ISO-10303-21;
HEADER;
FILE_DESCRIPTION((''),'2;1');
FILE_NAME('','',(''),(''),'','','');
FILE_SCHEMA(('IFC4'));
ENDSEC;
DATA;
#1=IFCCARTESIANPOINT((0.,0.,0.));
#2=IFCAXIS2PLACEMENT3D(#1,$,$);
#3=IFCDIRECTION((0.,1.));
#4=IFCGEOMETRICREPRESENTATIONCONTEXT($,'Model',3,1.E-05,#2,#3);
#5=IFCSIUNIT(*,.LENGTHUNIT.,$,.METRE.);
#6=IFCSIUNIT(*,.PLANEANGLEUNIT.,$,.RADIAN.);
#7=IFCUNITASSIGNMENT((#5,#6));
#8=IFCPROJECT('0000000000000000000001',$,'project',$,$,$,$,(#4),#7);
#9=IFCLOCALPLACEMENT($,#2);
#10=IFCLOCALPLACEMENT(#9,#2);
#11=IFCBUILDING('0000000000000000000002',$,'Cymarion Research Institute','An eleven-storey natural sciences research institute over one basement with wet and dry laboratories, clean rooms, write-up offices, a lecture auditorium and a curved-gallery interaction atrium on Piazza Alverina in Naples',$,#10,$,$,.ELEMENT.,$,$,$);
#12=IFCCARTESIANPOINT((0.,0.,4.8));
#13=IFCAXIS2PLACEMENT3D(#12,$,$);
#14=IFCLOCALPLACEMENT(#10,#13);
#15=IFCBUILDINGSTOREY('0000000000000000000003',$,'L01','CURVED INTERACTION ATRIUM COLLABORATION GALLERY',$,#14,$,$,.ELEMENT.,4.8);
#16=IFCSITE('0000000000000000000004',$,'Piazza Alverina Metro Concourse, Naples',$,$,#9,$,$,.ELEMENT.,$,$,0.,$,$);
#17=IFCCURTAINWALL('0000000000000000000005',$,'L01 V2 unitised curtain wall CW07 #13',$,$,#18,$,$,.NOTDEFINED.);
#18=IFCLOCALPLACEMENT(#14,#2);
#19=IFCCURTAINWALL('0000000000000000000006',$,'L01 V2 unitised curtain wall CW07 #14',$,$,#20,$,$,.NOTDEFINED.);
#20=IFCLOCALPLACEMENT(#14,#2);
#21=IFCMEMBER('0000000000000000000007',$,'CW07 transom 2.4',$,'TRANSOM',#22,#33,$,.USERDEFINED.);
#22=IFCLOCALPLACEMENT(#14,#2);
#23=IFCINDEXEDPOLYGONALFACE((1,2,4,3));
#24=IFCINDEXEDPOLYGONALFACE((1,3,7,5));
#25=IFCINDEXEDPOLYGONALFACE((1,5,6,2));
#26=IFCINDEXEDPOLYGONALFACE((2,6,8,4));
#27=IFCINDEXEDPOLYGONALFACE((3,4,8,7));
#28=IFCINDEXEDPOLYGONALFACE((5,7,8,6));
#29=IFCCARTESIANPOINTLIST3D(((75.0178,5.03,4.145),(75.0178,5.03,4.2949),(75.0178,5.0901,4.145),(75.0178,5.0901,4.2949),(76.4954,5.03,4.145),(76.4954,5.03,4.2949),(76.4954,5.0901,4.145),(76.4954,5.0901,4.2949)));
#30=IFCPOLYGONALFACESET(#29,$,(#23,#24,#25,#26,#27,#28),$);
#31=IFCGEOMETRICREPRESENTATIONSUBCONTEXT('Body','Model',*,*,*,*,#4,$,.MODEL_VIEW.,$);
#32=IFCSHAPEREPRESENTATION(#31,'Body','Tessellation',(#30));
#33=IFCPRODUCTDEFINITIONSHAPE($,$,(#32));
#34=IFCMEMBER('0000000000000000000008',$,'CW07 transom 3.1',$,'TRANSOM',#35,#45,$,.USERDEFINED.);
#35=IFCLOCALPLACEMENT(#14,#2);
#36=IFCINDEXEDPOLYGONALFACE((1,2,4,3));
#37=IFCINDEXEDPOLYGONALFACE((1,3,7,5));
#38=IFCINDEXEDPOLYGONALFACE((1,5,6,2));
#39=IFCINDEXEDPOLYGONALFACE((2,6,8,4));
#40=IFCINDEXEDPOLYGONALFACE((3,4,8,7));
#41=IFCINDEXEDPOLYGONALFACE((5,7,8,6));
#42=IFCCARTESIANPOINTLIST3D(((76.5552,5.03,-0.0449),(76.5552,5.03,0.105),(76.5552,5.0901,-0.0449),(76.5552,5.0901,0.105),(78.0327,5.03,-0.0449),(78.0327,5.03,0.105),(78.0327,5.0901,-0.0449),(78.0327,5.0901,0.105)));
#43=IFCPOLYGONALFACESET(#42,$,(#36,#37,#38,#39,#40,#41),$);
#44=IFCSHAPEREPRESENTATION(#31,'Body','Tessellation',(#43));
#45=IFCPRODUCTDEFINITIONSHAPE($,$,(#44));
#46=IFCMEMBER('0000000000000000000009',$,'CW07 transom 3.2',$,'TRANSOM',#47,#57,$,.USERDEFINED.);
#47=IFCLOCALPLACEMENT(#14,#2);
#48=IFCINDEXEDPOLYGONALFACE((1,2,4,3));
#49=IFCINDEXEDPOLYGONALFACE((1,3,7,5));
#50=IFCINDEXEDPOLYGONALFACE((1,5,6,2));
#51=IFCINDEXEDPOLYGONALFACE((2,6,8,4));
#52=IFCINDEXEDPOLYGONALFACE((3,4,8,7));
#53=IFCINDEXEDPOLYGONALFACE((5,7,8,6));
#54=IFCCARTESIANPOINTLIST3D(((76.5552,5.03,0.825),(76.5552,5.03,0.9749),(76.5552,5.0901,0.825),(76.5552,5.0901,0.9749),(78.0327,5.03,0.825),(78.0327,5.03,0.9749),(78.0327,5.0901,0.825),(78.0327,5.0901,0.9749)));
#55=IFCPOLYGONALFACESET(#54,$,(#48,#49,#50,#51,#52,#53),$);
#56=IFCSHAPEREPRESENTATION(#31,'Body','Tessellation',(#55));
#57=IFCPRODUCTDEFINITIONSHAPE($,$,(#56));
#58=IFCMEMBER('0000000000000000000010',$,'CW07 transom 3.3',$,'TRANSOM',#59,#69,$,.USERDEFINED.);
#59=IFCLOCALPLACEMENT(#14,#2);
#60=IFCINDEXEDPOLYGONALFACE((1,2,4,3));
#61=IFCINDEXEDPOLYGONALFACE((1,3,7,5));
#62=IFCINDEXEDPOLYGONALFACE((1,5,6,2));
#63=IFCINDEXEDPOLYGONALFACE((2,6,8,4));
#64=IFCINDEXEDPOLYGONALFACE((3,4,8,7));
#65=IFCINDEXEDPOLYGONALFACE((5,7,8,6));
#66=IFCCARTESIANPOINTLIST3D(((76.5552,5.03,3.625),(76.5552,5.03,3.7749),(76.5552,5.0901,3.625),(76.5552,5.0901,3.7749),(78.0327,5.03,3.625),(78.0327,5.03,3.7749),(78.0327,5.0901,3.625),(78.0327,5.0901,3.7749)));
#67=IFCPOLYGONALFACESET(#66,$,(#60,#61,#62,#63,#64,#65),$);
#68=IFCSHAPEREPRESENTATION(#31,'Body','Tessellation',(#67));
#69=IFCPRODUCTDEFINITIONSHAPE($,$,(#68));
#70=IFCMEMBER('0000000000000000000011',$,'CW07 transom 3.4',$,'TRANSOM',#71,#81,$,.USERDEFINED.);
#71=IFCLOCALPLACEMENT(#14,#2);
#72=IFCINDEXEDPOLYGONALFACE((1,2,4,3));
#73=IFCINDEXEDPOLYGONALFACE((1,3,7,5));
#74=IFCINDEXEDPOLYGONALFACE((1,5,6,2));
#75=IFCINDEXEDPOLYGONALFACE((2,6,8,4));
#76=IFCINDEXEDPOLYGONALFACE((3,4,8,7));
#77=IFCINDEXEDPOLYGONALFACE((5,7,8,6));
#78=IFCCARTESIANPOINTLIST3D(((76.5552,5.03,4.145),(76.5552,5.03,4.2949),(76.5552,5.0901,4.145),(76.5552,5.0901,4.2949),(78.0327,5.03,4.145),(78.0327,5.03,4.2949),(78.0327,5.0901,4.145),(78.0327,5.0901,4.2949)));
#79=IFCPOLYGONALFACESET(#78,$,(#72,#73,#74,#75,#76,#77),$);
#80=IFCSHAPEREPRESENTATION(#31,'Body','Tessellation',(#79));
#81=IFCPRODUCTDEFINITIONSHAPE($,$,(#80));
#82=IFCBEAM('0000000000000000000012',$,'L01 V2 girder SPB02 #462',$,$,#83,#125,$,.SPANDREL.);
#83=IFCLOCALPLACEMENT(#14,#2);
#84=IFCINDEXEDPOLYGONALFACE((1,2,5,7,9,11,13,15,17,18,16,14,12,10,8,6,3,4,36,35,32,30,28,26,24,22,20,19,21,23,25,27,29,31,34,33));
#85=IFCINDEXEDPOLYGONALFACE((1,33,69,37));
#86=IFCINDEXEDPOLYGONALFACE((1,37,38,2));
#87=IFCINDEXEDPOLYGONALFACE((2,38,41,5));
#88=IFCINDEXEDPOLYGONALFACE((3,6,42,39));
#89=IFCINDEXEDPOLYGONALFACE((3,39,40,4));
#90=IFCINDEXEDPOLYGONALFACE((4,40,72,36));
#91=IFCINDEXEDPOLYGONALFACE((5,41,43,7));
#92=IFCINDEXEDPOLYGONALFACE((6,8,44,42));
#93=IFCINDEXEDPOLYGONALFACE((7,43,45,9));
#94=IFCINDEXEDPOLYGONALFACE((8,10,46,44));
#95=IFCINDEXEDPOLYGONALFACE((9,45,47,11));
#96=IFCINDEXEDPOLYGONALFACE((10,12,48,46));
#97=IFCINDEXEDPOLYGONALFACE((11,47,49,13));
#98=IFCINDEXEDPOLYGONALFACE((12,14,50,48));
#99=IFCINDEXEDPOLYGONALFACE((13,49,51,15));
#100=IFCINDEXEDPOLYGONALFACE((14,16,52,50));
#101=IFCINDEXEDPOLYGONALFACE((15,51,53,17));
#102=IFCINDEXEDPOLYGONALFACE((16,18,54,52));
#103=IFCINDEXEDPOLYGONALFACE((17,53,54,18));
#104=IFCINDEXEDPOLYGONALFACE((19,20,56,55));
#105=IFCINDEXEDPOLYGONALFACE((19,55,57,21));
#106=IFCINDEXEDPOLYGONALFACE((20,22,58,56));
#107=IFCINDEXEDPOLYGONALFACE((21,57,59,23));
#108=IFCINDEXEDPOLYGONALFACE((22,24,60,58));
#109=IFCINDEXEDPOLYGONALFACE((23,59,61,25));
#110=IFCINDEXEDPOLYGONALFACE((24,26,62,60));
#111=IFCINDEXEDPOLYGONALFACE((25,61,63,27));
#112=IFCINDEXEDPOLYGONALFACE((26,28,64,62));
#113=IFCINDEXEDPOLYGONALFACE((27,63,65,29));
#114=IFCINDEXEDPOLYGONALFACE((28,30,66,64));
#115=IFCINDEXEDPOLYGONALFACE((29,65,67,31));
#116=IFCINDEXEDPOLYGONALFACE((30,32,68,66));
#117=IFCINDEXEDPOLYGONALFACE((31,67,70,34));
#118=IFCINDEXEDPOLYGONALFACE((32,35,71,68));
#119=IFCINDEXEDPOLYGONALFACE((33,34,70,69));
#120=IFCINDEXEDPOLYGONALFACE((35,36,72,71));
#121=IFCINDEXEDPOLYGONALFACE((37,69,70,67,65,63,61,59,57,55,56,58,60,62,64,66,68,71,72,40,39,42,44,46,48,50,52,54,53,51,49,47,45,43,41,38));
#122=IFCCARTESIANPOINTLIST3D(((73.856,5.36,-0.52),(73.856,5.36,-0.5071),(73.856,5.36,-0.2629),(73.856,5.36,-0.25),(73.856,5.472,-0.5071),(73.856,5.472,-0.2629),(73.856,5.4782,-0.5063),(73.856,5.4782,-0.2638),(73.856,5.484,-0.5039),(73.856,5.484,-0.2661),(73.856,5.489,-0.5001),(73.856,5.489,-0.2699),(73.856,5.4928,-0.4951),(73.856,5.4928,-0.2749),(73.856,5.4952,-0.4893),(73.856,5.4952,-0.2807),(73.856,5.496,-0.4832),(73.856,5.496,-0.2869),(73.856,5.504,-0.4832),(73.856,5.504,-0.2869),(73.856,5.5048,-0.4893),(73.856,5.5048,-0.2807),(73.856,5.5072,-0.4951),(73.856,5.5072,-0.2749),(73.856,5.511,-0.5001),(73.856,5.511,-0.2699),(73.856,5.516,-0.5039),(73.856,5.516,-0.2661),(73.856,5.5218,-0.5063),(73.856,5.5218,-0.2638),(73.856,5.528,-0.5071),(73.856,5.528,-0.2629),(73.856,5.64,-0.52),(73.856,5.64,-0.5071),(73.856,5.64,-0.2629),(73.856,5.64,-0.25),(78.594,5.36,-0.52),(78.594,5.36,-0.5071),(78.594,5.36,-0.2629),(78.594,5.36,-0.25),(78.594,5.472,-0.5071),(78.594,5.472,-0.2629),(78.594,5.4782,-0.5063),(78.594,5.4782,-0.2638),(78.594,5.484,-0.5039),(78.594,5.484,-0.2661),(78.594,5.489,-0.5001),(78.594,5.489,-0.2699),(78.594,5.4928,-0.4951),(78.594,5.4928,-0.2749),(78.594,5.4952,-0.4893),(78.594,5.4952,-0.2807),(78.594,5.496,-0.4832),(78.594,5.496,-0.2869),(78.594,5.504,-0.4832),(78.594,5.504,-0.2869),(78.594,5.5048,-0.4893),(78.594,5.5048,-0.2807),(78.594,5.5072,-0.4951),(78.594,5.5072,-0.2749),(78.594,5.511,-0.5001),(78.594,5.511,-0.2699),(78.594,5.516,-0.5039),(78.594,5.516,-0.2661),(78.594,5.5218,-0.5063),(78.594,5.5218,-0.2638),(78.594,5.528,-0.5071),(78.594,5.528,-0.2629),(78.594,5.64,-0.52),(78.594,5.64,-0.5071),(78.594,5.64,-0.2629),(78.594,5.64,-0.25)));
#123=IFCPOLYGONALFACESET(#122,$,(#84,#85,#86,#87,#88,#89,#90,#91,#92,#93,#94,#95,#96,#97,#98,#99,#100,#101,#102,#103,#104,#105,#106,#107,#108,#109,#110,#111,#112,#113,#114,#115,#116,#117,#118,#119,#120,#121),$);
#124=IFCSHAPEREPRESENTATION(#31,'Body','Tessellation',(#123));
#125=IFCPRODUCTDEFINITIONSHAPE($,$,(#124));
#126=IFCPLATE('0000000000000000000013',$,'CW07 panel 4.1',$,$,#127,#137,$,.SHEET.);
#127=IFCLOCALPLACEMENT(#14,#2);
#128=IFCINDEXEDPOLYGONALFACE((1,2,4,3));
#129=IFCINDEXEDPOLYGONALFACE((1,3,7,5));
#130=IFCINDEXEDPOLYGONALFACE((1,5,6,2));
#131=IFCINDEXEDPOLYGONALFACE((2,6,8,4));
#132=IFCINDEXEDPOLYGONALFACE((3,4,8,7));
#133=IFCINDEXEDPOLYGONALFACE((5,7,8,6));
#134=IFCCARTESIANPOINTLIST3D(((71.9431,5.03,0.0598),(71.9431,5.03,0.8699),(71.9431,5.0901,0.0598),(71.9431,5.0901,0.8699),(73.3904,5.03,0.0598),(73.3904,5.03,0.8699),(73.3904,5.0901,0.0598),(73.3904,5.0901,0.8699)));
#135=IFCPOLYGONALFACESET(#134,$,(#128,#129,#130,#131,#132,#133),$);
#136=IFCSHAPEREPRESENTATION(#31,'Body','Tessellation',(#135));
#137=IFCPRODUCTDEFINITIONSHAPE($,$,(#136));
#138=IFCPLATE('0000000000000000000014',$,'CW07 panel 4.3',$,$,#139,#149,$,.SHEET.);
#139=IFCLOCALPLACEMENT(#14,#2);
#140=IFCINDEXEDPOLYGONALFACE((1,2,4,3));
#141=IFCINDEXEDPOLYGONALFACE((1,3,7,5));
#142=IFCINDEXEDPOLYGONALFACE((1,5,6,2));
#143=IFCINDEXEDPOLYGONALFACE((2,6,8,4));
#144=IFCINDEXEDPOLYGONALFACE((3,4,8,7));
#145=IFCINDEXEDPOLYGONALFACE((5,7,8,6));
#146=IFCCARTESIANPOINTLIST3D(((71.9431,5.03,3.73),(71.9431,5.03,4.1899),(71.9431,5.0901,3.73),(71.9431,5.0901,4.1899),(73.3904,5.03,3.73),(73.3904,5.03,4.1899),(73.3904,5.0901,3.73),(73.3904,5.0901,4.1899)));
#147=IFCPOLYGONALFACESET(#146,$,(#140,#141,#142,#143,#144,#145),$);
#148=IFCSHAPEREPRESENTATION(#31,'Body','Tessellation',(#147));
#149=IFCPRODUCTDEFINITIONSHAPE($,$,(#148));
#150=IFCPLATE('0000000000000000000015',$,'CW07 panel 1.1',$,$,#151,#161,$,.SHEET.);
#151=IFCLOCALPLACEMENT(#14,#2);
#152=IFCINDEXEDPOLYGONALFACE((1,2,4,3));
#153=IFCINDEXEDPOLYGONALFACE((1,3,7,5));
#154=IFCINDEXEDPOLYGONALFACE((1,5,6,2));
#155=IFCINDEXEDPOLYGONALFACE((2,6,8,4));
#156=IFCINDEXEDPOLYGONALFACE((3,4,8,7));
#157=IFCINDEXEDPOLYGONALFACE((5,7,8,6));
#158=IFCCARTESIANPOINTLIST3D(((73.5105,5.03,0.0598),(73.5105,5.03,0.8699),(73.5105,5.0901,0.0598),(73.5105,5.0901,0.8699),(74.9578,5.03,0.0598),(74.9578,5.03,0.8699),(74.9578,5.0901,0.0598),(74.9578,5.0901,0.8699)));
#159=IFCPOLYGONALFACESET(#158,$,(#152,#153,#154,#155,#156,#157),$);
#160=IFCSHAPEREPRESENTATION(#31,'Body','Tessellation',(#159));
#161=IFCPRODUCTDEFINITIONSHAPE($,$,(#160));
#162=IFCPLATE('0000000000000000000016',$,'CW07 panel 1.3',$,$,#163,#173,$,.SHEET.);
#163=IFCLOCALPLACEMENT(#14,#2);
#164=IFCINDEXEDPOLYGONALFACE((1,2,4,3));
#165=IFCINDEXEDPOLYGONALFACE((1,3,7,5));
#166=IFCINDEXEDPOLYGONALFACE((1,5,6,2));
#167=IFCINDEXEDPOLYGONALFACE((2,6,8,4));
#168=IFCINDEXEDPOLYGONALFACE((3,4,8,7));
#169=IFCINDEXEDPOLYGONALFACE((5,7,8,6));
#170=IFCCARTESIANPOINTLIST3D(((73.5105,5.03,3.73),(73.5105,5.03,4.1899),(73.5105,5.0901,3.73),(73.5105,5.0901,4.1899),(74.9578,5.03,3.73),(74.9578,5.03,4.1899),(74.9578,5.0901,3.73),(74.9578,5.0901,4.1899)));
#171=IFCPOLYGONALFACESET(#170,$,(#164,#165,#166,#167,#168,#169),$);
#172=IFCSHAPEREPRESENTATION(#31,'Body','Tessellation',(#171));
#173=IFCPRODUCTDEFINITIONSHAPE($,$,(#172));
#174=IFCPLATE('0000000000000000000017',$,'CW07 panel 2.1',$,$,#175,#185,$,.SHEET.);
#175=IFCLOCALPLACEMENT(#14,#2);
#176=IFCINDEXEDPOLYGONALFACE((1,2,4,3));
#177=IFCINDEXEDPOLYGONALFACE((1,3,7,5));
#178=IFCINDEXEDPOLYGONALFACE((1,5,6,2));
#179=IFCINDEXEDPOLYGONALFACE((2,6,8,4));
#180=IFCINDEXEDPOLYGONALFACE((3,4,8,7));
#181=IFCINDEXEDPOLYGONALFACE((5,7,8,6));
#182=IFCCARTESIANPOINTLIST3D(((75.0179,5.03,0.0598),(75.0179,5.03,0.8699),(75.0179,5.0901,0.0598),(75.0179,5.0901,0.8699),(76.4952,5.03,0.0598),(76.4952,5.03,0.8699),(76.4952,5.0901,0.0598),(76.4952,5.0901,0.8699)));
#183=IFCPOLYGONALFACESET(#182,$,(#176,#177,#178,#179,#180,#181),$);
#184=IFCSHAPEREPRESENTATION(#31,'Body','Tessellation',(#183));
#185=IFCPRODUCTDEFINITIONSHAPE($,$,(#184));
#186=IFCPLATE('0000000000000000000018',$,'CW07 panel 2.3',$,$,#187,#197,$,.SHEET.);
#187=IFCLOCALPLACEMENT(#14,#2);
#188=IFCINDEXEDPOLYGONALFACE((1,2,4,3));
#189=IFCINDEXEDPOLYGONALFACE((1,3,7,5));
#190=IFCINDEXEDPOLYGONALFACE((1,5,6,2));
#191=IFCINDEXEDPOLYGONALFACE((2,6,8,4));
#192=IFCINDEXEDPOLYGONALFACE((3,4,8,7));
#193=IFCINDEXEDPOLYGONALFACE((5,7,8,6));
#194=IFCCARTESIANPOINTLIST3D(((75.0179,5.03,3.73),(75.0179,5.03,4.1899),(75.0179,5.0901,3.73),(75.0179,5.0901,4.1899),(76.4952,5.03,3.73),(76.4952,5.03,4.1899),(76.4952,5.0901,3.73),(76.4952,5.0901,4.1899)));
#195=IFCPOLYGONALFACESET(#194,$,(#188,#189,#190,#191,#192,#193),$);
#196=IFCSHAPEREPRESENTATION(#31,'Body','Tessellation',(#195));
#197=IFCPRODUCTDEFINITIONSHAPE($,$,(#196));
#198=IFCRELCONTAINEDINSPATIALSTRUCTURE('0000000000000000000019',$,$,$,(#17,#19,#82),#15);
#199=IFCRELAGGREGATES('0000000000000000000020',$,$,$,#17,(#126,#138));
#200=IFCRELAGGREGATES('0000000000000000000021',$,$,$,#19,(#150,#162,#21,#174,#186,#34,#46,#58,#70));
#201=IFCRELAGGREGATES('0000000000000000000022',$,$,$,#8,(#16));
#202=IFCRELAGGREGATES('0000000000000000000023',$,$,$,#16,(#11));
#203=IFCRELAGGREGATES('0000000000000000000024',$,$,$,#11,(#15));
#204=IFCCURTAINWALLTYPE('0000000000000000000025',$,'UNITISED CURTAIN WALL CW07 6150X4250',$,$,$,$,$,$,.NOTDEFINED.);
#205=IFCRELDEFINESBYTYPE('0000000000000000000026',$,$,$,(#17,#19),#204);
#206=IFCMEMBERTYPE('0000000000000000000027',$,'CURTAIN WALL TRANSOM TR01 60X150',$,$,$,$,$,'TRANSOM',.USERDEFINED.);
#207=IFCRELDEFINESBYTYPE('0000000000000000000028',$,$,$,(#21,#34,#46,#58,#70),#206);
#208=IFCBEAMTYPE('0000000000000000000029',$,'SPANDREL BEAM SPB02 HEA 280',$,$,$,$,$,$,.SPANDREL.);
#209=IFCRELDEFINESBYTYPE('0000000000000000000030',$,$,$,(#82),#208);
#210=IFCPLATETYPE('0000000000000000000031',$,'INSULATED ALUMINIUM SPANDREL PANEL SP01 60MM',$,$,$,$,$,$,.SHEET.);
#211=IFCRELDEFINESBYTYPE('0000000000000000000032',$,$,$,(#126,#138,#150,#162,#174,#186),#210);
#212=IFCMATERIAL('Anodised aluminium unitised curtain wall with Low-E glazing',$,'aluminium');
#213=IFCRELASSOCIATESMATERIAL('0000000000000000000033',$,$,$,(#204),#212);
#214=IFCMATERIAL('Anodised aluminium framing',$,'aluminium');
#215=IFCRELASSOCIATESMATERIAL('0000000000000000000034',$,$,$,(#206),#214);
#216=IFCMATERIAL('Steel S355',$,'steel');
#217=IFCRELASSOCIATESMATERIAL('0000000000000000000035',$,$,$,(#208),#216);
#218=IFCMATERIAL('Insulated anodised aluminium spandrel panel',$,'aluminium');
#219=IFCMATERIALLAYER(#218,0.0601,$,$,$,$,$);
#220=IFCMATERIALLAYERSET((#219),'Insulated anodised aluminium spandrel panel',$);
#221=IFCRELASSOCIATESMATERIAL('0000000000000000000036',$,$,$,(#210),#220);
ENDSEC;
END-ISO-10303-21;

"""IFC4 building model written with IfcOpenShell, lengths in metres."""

from ifc_helpers import new_model, si_unit, direction, frame, origin, origin_2d, place, context, subcontext, project, spatial, rectangle, i_section, extrude, material, layer, layer_set, material_profile, profile_set, type_object, element, aggregate, save


model = new_model("IFC4")

# Units and contexts
model_context = context("Model", 3, precision=1e-05, world=origin(), true_north=direction((0.0, 1.0)))
body_context = subcontext(model_context, "Body", "Model", "MODEL_VIEW")
ifc_project = project(units=[si_unit("LENGTHUNIT", "METRE"), si_unit("PLANEANGLEUNIT", "RADIAN")], contexts=[model_context])

# Site, building, storey
site_placement = place(None, origin())
site = spatial("IfcSite", under=ifc_project, at=site_placement, Name="Piazza Alverina Metro Concourse, Naples", CompositionType="ELEMENT", RefElevation=0.0)
building_placement = place(site_placement, origin())
building = spatial("IfcBuilding", under=site, at=building_placement, Name="Cymarion Research Institute", Description="An eleven-storey natural sciences research institute over one basement with wet and dry laboratories, clean rooms, write-up offices, a lecture auditorium and a curved-gallery interaction atrium on Piazza Alverina in Naples", CompositionType="ELEMENT")
storey_placement = place(building_placement, frame((0.0, 0.0, 4.8)))
storey = spatial("IfcBuildingStorey", under=building, at=storey_placement, Name="L01", Description="CURVED INTERACTION ATRIUM COLLABORATION GALLERY", CompositionType="ELEMENT", Elevation=4.8)

# Shared definitions
ifc_material_1 = material(Name="Steel S355", Category="steel")

# Curtain wall
ifc_material_2 = material(Name="Anodised aluminium unitised curtain wall with Low-E glazing", Category="aluminium")
curtain_wall_type = type_object("IfcCurtainWallType", Name="UNITISED CURTAIN WALL CW07 6150X4250", PredefinedType="NOTDEFINED", material=ifc_material_2)
curtain_wall_1_placement = place(storey_placement, origin())
curtain_wall_1 = element("IfcCurtainWall", 1, at=curtain_wall_1_placement, inside=storey, type_object=curtain_wall_type, Name="L01 V2 unitised curtain wall CW07 #13", PredefinedType="NOTDEFINED")
ifc_material_3 = material(Name="Anodised aluminium framing", Category="aluminium")

# Curtain wall, members
curtain_wall_2_placement = place(storey_placement, origin())
curtain_wall_2 = element("IfcCurtainWall", 2, at=curtain_wall_2_placement, inside=storey, type_object=curtain_wall_type, Name="L01 V2 unitised curtain wall CW07 #14", PredefinedType="NOTDEFINED")
ifc_material_profile_1 = material_profile(ifc_material_3, rectangle(XDim=0.0601, YDim=0.1499, at=origin_2d()), Name="ALU TRANSOM 60x150")
ifc_profile_set_1 = profile_set([ifc_material_profile_1], Name="Anodised aluminium framing")
member_type_1 = type_object("IfcMemberType", Name="CURTAIN WALL TRANSOM TR01 60X150", ElementType="TRANSOM", PredefinedType="USERDEFINED", material=ifc_profile_set_1)
member_1_placement = place(storey_placement, frame((75.0178, 5.0601, 4.22), z_axis=(1.0, 0.0, 0.0), x_axis=(0.0, 1.0, 0.0)))
member_1 = element("IfcMember", 3, at=member_1_placement, type_object=member_type_1, Name="CW07 transom 2.4", ObjectType="TRANSOM", PredefinedType="USERDEFINED", context=body_context, shape_type="SweptSolid", body=[
    extrude(rectangle(XDim=0.0601, YDim=0.1499, at=origin_2d()), origin(), (0.0, 0.0, 1.0), 1.4775),
])
member_2_placement = place(storey_placement, frame((76.5552, 5.0601, 0.03), z_axis=(1.0, 0.0, 0.0), x_axis=(0.0, 1.0, 0.0)))
member_2 = element("IfcMember", 4, at=member_2_placement, type_object=member_type_1, Name="CW07 transom 3.1", ObjectType="TRANSOM", PredefinedType="USERDEFINED", context=body_context, shape_type="SweptSolid", body=[
    extrude(rectangle(XDim=0.0601, YDim=0.1499, at=origin_2d()), origin(), (0.0, 0.0, 1.0), 1.4775),
])
member_3_placement = place(storey_placement, frame((76.5552, 5.0601, 0.8999), z_axis=(1.0, 0.0, 0.0), x_axis=(0.0, 1.0, 0.0)))
member_3 = element("IfcMember", 5, at=member_3_placement, type_object=member_type_1, Name="CW07 transom 3.2", ObjectType="TRANSOM", PredefinedType="USERDEFINED", context=body_context, shape_type="SweptSolid", body=[
    extrude(rectangle(XDim=0.0601, YDim=0.1499, at=origin_2d()), origin(), (0.0, 0.0, 1.0), 1.4775),
])
member_4_placement = place(storey_placement, frame((76.5552, 5.0601, 3.7), z_axis=(1.0, 0.0, 0.0), x_axis=(0.0, 1.0, 0.0)))
member_4 = element("IfcMember", 6, at=member_4_placement, type_object=member_type_1, Name="CW07 transom 3.3", ObjectType="TRANSOM", PredefinedType="USERDEFINED", context=body_context, shape_type="SweptSolid", body=[
    extrude(rectangle(XDim=0.0601, YDim=0.1499, at=origin_2d()), origin(), (0.0, 0.0, 1.0), 1.4775),
])
member_5_placement = place(storey_placement, frame((76.5552, 5.0601, 4.22), z_axis=(1.0, 0.0, 0.0), x_axis=(0.0, 1.0, 0.0)))
member_5 = element("IfcMember", 7, at=member_5_placement, type_object=member_type_1, Name="CW07 transom 3.4", ObjectType="TRANSOM", PredefinedType="USERDEFINED", context=body_context, shape_type="SweptSolid", body=[
    extrude(rectangle(XDim=0.0601, YDim=0.1499, at=origin_2d()), origin(), (0.0, 0.0, 1.0), 1.4775),
])

# Beam
ifc_material_profile_2 = material_profile(ifc_material_1, i_section(OverallWidth=0.28, OverallDepth=0.27, WebThickness=0.0081, FlangeThickness=0.0129, FilletRadius=0.0239, at=origin_2d()), Name="HEA 280")
ifc_profile_set_2 = profile_set([ifc_material_profile_2], Name="Steel S355")
beam_type = type_object("IfcBeamType", Name="SPANDREL BEAM SPB02 HEA 280", PredefinedType="SPANDREL", material=ifc_profile_set_2)
beam_placement = place(storey_placement, frame((73.856, 5.5, -0.385), z_axis=(1.0, 0.0, 0.0), x_axis=(0.0, 1.0, 0.0)))
element("IfcBeam", 8, at=beam_placement, inside=storey, type_object=beam_type, Name="L01 V2 girder SPB02 #462", PredefinedType="SPANDREL", context=body_context, shape_type="SweptSolid", body=[
    extrude(i_section(OverallWidth=0.28, OverallDepth=0.27, WebThickness=0.0081, FlangeThickness=0.0129, FilletRadius=0.0239, at=origin_2d()), origin(), (0.0, 0.0, 1.0), 4.738),
])

# Plates
ifc_material_4 = material(Name="Insulated anodised aluminium spandrel panel", Category="aluminium")
ifc_layer_1 = layer(ifc_material_4, 0.0601)
ifc_layer_set_1 = layer_set([ifc_layer_1], Name="Insulated anodised aluminium spandrel panel")
plate_type_1 = type_object("IfcPlateType", Name="INSULATED ALUMINIUM SPANDREL PANEL SP01 60MM", PredefinedType="SHEET", material=ifc_layer_set_1)
plate_1_placement = place(storey_placement, frame((72.6667, 5.0601, 0.0598), z_axis=(0.0, 0.0, 1.0), x_axis=(1.0, 0.0, 0.0)))
plate_1 = element("IfcPlate", 9, at=plate_1_placement, type_object=plate_type_1, Name="CW07 panel 4.1", PredefinedType="SHEET", context=body_context, shape_type="SweptSolid", body=[
    extrude(rectangle(XDim=1.4473, YDim=0.0601, at=origin_2d()), origin(), (0.0, 0.0, 1.0), 0.8101),
])
plate_2_placement = place(storey_placement, frame((72.6667, 5.0601, 3.73), z_axis=(0.0, 0.0, 1.0), x_axis=(1.0, 0.0, 0.0)))
plate_2 = element("IfcPlate", 10, at=plate_2_placement, type_object=plate_type_1, Name="CW07 panel 4.3", PredefinedType="SHEET", context=body_context, shape_type="SweptSolid", body=[
    extrude(rectangle(XDim=1.4473, YDim=0.0601, at=origin_2d()), origin(), (0.0, 0.0, 1.0), 0.46),
])
plate_3_placement = place(storey_placement, frame((74.2341, 5.0601, 0.0598), z_axis=(0.0, 0.0, 1.0), x_axis=(1.0, 0.0, 0.0)))
plate_3 = element("IfcPlate", 11, at=plate_3_placement, type_object=plate_type_1, Name="CW07 panel 1.1", PredefinedType="SHEET", context=body_context, shape_type="SweptSolid", body=[
    extrude(rectangle(XDim=1.4473, YDim=0.0601, at=origin_2d()), origin(), (0.0, 0.0, 1.0), 0.8101),
])
plate_4_placement = place(storey_placement, frame((74.2341, 5.0601, 3.73), z_axis=(0.0, 0.0, 1.0), x_axis=(1.0, 0.0, 0.0)))
plate_4 = element("IfcPlate", 12, at=plate_4_placement, type_object=plate_type_1, Name="CW07 panel 1.3", PredefinedType="SHEET", context=body_context, shape_type="SweptSolid", body=[
    extrude(rectangle(XDim=1.4473, YDim=0.0601, at=origin_2d()), origin(), (0.0, 0.0, 1.0), 0.46),
])
plate_5_placement = place(storey_placement, frame((75.7566, 5.0601, 0.0598), z_axis=(0.0, 0.0, 1.0), x_axis=(1.0, 0.0, 0.0)))
plate_5 = element("IfcPlate", 13, at=plate_5_placement, type_object=plate_type_1, Name="CW07 panel 2.1", PredefinedType="SHEET", context=body_context, shape_type="SweptSolid", body=[
    extrude(rectangle(XDim=1.4773, YDim=0.0601, at=origin_2d()), origin(), (0.0, 0.0, 1.0), 0.8101),
])
plate_6_placement = place(storey_placement, frame((75.7566, 5.0601, 3.73), z_axis=(0.0, 0.0, 1.0), x_axis=(1.0, 0.0, 0.0)))
plate_6 = element("IfcPlate", 14, at=plate_6_placement, type_object=plate_type_1, Name="CW07 panel 2.3", PredefinedType="SHEET", context=body_context, shape_type="SweptSolid", body=[
    extrude(rectangle(XDim=1.4773, YDim=0.0601, at=origin_2d()), origin(), (0.0, 0.0, 1.0), 0.46),
])
aggregate(curtain_wall_1, [plate_1, plate_2])
aggregate(curtain_wall_2, [plate_3, plate_4, member_1, plate_5, plate_6, member_2, member_3, member_4, member_5])

save(model, "model.ifc")
